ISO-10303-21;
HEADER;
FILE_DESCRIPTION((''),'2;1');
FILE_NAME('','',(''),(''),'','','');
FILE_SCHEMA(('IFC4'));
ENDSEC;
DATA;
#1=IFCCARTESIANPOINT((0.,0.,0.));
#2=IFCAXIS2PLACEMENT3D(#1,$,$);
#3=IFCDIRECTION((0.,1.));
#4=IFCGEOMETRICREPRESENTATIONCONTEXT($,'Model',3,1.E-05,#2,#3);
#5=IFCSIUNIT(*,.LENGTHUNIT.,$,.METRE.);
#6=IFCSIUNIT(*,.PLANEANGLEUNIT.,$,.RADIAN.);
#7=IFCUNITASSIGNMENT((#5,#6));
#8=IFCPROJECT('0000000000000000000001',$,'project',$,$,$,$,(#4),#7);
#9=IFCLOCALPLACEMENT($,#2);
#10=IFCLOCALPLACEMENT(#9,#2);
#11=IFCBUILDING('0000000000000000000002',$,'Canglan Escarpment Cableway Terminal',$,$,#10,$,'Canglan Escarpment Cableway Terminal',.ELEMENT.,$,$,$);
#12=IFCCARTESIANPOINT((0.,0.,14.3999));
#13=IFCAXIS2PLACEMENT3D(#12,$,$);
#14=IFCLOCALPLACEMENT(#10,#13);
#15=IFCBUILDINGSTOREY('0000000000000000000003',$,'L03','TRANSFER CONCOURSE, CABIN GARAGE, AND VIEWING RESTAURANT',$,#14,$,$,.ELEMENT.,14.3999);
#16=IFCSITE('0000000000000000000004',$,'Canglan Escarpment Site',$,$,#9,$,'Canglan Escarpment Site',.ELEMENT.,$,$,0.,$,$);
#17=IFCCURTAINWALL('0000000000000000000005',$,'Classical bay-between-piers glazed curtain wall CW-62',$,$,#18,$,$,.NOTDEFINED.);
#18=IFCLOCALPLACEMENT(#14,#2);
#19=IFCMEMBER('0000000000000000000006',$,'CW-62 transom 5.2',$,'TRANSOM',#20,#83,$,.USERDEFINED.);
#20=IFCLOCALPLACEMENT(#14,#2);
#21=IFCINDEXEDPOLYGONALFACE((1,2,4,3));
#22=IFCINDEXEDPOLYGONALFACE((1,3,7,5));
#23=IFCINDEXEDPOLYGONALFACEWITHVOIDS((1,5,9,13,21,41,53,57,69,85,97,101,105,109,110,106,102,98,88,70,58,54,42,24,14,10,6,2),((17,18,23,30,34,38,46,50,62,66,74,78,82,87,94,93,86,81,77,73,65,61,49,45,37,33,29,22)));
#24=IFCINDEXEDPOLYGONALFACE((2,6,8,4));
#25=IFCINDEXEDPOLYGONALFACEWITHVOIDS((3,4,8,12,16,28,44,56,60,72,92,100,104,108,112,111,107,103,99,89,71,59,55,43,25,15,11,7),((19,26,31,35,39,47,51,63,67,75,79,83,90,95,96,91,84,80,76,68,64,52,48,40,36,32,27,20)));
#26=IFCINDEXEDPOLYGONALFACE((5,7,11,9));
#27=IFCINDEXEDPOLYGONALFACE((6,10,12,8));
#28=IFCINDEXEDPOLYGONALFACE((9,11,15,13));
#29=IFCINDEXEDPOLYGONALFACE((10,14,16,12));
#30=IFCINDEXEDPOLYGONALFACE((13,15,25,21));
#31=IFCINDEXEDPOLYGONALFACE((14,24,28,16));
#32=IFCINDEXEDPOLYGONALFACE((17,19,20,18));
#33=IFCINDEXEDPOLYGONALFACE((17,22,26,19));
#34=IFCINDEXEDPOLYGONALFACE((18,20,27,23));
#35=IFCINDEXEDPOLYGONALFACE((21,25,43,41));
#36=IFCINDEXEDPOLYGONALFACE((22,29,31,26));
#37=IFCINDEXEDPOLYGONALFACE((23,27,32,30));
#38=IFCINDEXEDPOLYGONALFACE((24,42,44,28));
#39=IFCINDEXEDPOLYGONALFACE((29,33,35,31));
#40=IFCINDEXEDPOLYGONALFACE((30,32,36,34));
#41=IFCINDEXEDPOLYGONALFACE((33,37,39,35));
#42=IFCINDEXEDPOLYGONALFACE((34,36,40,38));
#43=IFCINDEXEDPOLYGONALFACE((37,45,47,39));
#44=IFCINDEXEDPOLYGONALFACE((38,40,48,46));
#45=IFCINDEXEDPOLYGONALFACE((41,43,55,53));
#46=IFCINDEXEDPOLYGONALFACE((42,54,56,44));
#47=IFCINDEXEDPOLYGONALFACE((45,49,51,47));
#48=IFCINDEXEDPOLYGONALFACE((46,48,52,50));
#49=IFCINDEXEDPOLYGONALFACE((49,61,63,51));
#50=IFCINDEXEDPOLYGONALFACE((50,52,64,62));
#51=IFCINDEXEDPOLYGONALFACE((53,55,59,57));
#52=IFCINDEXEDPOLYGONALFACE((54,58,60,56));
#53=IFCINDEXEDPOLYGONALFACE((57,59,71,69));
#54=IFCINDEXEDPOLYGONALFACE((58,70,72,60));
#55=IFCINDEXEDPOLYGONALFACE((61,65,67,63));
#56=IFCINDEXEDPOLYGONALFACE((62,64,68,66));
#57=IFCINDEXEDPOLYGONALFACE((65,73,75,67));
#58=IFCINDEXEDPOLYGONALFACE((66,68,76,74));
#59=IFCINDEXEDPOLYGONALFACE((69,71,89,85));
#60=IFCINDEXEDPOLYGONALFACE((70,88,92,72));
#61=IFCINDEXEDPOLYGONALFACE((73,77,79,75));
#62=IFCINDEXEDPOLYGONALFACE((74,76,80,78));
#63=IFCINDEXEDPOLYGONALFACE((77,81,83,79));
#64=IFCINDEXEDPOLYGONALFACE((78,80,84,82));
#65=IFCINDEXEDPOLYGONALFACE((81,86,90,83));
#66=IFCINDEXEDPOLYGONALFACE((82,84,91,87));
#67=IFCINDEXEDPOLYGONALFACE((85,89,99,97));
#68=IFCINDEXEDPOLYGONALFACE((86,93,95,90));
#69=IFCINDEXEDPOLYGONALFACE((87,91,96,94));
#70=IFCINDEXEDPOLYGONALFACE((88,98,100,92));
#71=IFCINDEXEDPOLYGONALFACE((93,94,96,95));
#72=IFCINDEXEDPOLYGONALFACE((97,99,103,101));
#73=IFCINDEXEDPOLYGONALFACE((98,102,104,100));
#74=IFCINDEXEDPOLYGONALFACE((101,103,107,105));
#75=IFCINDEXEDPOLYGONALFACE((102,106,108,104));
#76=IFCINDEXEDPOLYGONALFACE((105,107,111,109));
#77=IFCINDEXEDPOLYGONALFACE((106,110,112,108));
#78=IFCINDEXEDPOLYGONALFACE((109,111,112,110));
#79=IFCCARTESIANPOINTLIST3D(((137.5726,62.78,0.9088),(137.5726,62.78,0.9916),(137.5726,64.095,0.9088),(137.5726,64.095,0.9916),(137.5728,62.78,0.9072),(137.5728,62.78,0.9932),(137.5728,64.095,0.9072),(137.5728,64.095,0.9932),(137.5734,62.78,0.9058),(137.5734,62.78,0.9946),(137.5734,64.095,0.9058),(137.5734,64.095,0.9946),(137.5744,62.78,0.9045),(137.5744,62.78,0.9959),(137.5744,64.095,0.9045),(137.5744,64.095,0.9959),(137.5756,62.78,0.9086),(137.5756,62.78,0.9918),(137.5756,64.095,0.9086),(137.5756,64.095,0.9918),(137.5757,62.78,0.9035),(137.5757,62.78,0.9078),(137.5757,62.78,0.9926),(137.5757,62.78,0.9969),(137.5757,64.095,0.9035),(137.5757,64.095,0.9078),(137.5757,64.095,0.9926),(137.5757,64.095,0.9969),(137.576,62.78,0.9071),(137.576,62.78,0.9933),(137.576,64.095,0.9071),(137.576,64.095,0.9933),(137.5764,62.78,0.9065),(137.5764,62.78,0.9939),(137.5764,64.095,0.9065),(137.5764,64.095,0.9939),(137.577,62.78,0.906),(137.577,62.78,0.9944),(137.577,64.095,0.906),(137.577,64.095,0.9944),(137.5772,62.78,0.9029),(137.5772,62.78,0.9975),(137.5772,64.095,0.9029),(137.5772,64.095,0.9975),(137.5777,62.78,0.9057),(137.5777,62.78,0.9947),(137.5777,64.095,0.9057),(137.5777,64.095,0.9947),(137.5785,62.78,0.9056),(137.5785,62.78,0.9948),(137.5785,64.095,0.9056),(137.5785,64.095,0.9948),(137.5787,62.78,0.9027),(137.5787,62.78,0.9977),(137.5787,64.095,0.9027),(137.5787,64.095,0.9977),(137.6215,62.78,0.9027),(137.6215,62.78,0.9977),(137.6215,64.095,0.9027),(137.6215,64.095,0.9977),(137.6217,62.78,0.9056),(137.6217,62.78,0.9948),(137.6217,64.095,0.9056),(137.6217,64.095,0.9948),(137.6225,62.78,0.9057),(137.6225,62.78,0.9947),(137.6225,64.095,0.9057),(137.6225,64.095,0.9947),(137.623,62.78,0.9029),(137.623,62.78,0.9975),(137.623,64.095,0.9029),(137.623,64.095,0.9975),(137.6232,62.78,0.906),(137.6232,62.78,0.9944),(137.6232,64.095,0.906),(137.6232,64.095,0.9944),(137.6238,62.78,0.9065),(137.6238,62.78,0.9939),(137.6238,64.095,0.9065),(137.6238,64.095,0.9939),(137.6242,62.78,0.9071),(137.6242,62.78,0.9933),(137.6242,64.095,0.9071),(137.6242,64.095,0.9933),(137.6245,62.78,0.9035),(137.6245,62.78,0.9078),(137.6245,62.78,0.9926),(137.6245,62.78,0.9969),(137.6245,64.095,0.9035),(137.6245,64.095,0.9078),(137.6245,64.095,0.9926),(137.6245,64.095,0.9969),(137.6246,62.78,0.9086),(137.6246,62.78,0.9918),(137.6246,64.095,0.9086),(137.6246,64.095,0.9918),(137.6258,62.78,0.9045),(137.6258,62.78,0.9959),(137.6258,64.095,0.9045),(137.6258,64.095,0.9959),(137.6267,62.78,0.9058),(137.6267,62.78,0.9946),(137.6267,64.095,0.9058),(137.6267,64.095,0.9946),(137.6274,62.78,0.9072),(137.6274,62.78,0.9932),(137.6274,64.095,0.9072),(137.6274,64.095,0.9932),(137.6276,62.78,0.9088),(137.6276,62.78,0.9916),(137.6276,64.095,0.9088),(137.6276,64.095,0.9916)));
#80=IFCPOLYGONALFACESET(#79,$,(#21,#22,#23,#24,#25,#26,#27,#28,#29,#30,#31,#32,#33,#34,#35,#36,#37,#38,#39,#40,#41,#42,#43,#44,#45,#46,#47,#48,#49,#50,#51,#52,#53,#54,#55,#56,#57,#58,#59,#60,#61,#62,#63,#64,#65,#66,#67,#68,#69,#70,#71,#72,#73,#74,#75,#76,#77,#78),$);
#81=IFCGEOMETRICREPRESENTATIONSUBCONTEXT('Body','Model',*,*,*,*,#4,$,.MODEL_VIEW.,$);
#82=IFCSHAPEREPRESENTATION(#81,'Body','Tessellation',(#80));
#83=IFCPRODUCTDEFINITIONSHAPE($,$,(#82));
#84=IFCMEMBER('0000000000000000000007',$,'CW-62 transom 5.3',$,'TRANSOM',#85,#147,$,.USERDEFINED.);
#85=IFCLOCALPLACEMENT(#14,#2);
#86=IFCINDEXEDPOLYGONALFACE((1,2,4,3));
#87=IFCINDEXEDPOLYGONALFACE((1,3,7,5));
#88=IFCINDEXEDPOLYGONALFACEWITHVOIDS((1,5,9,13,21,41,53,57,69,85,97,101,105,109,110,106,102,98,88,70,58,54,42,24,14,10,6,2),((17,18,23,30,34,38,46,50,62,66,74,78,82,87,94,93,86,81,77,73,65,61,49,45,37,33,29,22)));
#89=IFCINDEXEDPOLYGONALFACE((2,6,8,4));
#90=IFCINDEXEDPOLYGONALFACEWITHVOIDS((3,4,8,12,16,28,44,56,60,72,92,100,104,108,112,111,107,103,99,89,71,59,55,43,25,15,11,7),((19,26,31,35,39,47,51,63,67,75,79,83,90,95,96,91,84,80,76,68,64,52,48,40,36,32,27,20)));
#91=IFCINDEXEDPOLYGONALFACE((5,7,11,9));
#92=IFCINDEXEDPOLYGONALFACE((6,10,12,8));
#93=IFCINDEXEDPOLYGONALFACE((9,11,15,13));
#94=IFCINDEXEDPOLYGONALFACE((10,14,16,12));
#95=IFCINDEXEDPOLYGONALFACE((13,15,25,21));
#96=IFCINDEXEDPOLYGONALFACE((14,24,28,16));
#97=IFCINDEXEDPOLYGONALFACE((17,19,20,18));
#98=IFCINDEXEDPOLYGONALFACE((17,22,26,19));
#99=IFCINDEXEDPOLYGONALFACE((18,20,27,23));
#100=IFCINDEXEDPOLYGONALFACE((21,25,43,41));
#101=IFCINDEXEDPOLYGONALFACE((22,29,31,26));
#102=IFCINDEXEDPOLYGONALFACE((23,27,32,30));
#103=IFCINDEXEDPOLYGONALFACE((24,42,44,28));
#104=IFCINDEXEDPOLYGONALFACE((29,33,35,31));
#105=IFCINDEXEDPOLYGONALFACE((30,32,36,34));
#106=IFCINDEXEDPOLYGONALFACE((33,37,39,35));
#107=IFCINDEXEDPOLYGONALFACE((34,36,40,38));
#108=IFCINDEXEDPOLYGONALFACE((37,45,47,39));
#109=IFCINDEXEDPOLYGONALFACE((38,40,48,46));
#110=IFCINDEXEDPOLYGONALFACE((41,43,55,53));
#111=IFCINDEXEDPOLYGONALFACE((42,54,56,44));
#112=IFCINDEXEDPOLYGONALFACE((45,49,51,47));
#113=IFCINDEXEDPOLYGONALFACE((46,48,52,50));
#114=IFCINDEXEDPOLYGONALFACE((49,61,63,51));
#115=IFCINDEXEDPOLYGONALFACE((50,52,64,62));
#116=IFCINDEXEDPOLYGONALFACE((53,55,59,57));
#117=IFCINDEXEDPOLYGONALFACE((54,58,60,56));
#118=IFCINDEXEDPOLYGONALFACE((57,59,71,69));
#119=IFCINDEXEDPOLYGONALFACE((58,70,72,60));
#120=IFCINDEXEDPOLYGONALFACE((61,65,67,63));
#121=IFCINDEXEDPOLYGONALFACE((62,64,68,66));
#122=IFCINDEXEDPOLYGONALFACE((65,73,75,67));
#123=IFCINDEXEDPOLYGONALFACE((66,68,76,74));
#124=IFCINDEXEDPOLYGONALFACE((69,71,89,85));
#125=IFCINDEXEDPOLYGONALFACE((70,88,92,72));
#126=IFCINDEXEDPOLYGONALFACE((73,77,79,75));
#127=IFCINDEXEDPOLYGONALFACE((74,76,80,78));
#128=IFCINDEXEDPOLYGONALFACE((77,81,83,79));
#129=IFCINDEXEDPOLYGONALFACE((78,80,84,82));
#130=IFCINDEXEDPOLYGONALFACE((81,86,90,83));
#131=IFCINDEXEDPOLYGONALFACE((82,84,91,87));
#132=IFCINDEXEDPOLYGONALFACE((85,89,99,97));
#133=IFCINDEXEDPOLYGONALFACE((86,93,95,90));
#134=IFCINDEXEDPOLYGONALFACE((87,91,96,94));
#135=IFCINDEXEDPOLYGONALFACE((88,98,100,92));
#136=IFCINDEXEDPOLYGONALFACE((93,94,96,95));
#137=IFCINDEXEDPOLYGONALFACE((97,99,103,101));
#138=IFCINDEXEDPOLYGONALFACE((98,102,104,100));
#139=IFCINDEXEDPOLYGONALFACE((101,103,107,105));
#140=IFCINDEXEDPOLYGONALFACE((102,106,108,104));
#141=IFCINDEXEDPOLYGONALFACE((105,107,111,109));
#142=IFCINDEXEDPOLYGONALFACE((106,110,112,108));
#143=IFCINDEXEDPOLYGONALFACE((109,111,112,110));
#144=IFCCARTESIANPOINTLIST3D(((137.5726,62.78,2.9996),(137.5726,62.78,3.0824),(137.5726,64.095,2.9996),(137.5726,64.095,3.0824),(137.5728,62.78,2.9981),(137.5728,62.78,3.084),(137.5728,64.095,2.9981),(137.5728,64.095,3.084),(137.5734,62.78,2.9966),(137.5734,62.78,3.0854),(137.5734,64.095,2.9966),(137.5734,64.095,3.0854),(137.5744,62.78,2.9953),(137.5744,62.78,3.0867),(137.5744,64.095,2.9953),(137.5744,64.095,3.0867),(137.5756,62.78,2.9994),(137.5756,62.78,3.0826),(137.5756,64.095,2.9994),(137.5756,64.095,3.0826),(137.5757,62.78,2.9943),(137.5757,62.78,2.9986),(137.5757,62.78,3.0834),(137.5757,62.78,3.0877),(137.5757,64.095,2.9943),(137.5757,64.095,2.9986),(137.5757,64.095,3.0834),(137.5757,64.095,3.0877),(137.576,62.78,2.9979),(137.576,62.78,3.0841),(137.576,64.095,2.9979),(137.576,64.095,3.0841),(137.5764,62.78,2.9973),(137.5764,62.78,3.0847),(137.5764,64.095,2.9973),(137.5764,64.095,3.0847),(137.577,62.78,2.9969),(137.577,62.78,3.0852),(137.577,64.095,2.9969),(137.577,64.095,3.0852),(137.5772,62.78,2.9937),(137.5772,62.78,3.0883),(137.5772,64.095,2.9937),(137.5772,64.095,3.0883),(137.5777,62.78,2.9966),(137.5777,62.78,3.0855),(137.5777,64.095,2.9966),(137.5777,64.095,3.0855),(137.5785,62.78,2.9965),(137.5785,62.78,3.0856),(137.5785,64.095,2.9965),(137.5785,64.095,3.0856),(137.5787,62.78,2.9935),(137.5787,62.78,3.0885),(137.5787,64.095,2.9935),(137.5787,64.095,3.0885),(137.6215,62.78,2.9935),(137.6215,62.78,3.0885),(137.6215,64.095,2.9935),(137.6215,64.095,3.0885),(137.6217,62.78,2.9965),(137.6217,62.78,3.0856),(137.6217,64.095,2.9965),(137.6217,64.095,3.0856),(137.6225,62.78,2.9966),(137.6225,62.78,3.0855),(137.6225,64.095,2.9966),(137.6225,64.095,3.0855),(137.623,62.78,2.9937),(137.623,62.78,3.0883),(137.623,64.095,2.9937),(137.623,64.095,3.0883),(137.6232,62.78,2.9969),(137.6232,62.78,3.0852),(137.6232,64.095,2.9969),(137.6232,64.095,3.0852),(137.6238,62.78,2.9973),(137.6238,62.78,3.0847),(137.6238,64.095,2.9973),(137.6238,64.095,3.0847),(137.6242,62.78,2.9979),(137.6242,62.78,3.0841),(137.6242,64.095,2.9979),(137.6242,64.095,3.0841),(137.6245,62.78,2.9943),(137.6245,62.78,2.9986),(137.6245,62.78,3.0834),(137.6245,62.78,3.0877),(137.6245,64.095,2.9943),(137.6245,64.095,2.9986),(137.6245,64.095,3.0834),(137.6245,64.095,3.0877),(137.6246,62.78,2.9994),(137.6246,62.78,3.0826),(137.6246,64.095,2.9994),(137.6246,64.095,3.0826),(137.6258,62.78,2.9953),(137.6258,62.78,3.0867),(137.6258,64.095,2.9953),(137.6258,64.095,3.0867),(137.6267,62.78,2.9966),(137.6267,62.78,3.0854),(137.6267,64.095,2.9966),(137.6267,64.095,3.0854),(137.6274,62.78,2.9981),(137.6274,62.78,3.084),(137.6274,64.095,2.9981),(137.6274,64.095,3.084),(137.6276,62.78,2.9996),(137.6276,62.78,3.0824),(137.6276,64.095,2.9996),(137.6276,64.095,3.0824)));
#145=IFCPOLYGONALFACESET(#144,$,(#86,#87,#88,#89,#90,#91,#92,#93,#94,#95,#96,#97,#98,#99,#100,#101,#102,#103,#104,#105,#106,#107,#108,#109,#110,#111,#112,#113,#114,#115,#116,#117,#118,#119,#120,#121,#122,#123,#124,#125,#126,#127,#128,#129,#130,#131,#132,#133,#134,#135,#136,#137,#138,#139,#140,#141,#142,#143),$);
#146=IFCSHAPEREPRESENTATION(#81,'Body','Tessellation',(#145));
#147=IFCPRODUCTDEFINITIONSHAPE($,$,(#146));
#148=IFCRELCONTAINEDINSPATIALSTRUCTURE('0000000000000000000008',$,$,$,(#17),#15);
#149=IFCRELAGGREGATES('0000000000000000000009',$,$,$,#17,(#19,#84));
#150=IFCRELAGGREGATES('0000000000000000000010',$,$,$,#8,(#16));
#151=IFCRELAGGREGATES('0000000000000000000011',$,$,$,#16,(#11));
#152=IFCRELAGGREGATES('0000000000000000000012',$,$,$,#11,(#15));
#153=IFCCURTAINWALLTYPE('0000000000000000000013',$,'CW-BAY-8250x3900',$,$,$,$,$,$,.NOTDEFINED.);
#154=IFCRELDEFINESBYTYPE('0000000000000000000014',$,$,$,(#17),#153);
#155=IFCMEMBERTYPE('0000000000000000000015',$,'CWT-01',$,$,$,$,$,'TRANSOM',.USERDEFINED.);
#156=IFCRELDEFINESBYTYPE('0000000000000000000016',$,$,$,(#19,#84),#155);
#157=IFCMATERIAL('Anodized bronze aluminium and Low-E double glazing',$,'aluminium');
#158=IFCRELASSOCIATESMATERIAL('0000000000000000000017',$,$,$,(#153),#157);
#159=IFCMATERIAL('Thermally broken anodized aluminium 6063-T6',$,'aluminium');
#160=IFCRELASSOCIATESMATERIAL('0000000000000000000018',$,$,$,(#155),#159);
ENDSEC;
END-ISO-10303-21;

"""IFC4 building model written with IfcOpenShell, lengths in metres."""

from ifc_helpers import new_model, si_unit, direction, frame, origin, origin_2d, place, context, subcontext, project, spatial, hollow_rectangle, extrude, material, material_profile, profile_set, type_object, element, aggregate, save


model = new_model("IFC4")

# Units and contexts
model_context = context("Model", 3, precision=1e-05, world=origin(), true_north=direction((0.0, 1.0)))
body_context = subcontext(model_context, "Body", "Model", "MODEL_VIEW")
ifc_project = project(units=[si_unit("LENGTHUNIT", "METRE"), si_unit("PLANEANGLEUNIT", "RADIAN")], contexts=[model_context])

# Site, building, storey
site_placement = place(None, origin())
site = spatial("IfcSite", under=ifc_project, at=site_placement, Name="Canglan Escarpment Site", LongName="Canglan Escarpment Site", CompositionType="ELEMENT", RefElevation=0.0)
building_placement = place(site_placement, origin())
building = spatial("IfcBuilding", under=site, at=building_placement, Name="Canglan Escarpment Cableway Terminal", LongName="Canglan Escarpment Cableway Terminal", CompositionType="ELEMENT")
storey_placement = place(building_placement, frame((0.0, 0.0, 14.3999)))
storey = spatial("IfcBuildingStorey", under=building, at=storey_placement, Name="L03", Description="TRANSFER CONCOURSE, CABIN GARAGE, AND VIEWING RESTAURANT", CompositionType="ELEMENT", Elevation=14.3999)

# Curtain wall, members
ifc_material_1 = material(Name="Anodized bronze aluminium and Low-E double glazing", Category="aluminium")
curtain_wall_type = type_object("IfcCurtainWallType", Name="CW-BAY-8250x3900", PredefinedType="NOTDEFINED", material=ifc_material_1)
curtain_wall_placement = place(storey_placement, origin())
curtain_wall = element("IfcCurtainWall", 1, at=curtain_wall_placement, inside=storey, type_object=curtain_wall_type, Name="Classical bay-between-piers glazed curtain wall CW-62", PredefinedType="NOTDEFINED")
ifc_material_2 = material(Name="Thermally broken anodized aluminium 6063-T6", Category="aluminium")
ifc_material_profile_1 = material_profile(ifc_material_2, hollow_rectangle(XDim=0.0549, YDim=0.095, WallThickness=0.0029, InnerFilletRadius=0.0029, OuterFilletRadius=0.0061, at=origin_2d()), Name="ALU-TRAN 55x95x3")
ifc_profile_set_1 = profile_set([ifc_material_profile_1], Name="Thermally broken anodized aluminium 6063-T6")
member_type_1 = type_object("IfcMemberType", Name="CWT-01", ElementType="TRANSOM", PredefinedType="USERDEFINED", material=ifc_profile_set_1)
member_1_placement = place(storey_placement, frame((137.6001, 64.095, 0.9502), z_axis=(0.0, -1.0, 0.0), x_axis=(1.0, 0.0, 0.0)))
member_1 = element("IfcMember", 2, at=member_1_placement, type_object=member_type_1, Name="CW-62 transom 5.2", ObjectType="TRANSOM", PredefinedType="USERDEFINED", context=body_context, shape_type="SweptSolid", body=[
    extrude(hollow_rectangle(XDim=0.0549, YDim=0.095, WallThickness=0.0029, InnerFilletRadius=0.0029, OuterFilletRadius=0.0061, at=origin_2d()), origin(), (0.0, 0.0, 1.0), 1.3149),
])
member_2_placement = place(storey_placement, frame((137.6001, 64.095, 3.041), z_axis=(0.0, -1.0, 0.0), x_axis=(1.0, 0.0, 0.0)))
member_2 = element("IfcMember", 3, at=member_2_placement, type_object=member_type_1, Name="CW-62 transom 5.3", ObjectType="TRANSOM", PredefinedType="USERDEFINED", context=body_context, shape_type="SweptSolid", body=[
    extrude(hollow_rectangle(XDim=0.0549, YDim=0.095, WallThickness=0.0029, InnerFilletRadius=0.0029, OuterFilletRadius=0.0061, at=origin_2d()), origin(), (0.0, 0.0, 1.0), 1.3149),
])
aggregate(curtain_wall, [member_1, member_2])

save(model, "model.ifc")
